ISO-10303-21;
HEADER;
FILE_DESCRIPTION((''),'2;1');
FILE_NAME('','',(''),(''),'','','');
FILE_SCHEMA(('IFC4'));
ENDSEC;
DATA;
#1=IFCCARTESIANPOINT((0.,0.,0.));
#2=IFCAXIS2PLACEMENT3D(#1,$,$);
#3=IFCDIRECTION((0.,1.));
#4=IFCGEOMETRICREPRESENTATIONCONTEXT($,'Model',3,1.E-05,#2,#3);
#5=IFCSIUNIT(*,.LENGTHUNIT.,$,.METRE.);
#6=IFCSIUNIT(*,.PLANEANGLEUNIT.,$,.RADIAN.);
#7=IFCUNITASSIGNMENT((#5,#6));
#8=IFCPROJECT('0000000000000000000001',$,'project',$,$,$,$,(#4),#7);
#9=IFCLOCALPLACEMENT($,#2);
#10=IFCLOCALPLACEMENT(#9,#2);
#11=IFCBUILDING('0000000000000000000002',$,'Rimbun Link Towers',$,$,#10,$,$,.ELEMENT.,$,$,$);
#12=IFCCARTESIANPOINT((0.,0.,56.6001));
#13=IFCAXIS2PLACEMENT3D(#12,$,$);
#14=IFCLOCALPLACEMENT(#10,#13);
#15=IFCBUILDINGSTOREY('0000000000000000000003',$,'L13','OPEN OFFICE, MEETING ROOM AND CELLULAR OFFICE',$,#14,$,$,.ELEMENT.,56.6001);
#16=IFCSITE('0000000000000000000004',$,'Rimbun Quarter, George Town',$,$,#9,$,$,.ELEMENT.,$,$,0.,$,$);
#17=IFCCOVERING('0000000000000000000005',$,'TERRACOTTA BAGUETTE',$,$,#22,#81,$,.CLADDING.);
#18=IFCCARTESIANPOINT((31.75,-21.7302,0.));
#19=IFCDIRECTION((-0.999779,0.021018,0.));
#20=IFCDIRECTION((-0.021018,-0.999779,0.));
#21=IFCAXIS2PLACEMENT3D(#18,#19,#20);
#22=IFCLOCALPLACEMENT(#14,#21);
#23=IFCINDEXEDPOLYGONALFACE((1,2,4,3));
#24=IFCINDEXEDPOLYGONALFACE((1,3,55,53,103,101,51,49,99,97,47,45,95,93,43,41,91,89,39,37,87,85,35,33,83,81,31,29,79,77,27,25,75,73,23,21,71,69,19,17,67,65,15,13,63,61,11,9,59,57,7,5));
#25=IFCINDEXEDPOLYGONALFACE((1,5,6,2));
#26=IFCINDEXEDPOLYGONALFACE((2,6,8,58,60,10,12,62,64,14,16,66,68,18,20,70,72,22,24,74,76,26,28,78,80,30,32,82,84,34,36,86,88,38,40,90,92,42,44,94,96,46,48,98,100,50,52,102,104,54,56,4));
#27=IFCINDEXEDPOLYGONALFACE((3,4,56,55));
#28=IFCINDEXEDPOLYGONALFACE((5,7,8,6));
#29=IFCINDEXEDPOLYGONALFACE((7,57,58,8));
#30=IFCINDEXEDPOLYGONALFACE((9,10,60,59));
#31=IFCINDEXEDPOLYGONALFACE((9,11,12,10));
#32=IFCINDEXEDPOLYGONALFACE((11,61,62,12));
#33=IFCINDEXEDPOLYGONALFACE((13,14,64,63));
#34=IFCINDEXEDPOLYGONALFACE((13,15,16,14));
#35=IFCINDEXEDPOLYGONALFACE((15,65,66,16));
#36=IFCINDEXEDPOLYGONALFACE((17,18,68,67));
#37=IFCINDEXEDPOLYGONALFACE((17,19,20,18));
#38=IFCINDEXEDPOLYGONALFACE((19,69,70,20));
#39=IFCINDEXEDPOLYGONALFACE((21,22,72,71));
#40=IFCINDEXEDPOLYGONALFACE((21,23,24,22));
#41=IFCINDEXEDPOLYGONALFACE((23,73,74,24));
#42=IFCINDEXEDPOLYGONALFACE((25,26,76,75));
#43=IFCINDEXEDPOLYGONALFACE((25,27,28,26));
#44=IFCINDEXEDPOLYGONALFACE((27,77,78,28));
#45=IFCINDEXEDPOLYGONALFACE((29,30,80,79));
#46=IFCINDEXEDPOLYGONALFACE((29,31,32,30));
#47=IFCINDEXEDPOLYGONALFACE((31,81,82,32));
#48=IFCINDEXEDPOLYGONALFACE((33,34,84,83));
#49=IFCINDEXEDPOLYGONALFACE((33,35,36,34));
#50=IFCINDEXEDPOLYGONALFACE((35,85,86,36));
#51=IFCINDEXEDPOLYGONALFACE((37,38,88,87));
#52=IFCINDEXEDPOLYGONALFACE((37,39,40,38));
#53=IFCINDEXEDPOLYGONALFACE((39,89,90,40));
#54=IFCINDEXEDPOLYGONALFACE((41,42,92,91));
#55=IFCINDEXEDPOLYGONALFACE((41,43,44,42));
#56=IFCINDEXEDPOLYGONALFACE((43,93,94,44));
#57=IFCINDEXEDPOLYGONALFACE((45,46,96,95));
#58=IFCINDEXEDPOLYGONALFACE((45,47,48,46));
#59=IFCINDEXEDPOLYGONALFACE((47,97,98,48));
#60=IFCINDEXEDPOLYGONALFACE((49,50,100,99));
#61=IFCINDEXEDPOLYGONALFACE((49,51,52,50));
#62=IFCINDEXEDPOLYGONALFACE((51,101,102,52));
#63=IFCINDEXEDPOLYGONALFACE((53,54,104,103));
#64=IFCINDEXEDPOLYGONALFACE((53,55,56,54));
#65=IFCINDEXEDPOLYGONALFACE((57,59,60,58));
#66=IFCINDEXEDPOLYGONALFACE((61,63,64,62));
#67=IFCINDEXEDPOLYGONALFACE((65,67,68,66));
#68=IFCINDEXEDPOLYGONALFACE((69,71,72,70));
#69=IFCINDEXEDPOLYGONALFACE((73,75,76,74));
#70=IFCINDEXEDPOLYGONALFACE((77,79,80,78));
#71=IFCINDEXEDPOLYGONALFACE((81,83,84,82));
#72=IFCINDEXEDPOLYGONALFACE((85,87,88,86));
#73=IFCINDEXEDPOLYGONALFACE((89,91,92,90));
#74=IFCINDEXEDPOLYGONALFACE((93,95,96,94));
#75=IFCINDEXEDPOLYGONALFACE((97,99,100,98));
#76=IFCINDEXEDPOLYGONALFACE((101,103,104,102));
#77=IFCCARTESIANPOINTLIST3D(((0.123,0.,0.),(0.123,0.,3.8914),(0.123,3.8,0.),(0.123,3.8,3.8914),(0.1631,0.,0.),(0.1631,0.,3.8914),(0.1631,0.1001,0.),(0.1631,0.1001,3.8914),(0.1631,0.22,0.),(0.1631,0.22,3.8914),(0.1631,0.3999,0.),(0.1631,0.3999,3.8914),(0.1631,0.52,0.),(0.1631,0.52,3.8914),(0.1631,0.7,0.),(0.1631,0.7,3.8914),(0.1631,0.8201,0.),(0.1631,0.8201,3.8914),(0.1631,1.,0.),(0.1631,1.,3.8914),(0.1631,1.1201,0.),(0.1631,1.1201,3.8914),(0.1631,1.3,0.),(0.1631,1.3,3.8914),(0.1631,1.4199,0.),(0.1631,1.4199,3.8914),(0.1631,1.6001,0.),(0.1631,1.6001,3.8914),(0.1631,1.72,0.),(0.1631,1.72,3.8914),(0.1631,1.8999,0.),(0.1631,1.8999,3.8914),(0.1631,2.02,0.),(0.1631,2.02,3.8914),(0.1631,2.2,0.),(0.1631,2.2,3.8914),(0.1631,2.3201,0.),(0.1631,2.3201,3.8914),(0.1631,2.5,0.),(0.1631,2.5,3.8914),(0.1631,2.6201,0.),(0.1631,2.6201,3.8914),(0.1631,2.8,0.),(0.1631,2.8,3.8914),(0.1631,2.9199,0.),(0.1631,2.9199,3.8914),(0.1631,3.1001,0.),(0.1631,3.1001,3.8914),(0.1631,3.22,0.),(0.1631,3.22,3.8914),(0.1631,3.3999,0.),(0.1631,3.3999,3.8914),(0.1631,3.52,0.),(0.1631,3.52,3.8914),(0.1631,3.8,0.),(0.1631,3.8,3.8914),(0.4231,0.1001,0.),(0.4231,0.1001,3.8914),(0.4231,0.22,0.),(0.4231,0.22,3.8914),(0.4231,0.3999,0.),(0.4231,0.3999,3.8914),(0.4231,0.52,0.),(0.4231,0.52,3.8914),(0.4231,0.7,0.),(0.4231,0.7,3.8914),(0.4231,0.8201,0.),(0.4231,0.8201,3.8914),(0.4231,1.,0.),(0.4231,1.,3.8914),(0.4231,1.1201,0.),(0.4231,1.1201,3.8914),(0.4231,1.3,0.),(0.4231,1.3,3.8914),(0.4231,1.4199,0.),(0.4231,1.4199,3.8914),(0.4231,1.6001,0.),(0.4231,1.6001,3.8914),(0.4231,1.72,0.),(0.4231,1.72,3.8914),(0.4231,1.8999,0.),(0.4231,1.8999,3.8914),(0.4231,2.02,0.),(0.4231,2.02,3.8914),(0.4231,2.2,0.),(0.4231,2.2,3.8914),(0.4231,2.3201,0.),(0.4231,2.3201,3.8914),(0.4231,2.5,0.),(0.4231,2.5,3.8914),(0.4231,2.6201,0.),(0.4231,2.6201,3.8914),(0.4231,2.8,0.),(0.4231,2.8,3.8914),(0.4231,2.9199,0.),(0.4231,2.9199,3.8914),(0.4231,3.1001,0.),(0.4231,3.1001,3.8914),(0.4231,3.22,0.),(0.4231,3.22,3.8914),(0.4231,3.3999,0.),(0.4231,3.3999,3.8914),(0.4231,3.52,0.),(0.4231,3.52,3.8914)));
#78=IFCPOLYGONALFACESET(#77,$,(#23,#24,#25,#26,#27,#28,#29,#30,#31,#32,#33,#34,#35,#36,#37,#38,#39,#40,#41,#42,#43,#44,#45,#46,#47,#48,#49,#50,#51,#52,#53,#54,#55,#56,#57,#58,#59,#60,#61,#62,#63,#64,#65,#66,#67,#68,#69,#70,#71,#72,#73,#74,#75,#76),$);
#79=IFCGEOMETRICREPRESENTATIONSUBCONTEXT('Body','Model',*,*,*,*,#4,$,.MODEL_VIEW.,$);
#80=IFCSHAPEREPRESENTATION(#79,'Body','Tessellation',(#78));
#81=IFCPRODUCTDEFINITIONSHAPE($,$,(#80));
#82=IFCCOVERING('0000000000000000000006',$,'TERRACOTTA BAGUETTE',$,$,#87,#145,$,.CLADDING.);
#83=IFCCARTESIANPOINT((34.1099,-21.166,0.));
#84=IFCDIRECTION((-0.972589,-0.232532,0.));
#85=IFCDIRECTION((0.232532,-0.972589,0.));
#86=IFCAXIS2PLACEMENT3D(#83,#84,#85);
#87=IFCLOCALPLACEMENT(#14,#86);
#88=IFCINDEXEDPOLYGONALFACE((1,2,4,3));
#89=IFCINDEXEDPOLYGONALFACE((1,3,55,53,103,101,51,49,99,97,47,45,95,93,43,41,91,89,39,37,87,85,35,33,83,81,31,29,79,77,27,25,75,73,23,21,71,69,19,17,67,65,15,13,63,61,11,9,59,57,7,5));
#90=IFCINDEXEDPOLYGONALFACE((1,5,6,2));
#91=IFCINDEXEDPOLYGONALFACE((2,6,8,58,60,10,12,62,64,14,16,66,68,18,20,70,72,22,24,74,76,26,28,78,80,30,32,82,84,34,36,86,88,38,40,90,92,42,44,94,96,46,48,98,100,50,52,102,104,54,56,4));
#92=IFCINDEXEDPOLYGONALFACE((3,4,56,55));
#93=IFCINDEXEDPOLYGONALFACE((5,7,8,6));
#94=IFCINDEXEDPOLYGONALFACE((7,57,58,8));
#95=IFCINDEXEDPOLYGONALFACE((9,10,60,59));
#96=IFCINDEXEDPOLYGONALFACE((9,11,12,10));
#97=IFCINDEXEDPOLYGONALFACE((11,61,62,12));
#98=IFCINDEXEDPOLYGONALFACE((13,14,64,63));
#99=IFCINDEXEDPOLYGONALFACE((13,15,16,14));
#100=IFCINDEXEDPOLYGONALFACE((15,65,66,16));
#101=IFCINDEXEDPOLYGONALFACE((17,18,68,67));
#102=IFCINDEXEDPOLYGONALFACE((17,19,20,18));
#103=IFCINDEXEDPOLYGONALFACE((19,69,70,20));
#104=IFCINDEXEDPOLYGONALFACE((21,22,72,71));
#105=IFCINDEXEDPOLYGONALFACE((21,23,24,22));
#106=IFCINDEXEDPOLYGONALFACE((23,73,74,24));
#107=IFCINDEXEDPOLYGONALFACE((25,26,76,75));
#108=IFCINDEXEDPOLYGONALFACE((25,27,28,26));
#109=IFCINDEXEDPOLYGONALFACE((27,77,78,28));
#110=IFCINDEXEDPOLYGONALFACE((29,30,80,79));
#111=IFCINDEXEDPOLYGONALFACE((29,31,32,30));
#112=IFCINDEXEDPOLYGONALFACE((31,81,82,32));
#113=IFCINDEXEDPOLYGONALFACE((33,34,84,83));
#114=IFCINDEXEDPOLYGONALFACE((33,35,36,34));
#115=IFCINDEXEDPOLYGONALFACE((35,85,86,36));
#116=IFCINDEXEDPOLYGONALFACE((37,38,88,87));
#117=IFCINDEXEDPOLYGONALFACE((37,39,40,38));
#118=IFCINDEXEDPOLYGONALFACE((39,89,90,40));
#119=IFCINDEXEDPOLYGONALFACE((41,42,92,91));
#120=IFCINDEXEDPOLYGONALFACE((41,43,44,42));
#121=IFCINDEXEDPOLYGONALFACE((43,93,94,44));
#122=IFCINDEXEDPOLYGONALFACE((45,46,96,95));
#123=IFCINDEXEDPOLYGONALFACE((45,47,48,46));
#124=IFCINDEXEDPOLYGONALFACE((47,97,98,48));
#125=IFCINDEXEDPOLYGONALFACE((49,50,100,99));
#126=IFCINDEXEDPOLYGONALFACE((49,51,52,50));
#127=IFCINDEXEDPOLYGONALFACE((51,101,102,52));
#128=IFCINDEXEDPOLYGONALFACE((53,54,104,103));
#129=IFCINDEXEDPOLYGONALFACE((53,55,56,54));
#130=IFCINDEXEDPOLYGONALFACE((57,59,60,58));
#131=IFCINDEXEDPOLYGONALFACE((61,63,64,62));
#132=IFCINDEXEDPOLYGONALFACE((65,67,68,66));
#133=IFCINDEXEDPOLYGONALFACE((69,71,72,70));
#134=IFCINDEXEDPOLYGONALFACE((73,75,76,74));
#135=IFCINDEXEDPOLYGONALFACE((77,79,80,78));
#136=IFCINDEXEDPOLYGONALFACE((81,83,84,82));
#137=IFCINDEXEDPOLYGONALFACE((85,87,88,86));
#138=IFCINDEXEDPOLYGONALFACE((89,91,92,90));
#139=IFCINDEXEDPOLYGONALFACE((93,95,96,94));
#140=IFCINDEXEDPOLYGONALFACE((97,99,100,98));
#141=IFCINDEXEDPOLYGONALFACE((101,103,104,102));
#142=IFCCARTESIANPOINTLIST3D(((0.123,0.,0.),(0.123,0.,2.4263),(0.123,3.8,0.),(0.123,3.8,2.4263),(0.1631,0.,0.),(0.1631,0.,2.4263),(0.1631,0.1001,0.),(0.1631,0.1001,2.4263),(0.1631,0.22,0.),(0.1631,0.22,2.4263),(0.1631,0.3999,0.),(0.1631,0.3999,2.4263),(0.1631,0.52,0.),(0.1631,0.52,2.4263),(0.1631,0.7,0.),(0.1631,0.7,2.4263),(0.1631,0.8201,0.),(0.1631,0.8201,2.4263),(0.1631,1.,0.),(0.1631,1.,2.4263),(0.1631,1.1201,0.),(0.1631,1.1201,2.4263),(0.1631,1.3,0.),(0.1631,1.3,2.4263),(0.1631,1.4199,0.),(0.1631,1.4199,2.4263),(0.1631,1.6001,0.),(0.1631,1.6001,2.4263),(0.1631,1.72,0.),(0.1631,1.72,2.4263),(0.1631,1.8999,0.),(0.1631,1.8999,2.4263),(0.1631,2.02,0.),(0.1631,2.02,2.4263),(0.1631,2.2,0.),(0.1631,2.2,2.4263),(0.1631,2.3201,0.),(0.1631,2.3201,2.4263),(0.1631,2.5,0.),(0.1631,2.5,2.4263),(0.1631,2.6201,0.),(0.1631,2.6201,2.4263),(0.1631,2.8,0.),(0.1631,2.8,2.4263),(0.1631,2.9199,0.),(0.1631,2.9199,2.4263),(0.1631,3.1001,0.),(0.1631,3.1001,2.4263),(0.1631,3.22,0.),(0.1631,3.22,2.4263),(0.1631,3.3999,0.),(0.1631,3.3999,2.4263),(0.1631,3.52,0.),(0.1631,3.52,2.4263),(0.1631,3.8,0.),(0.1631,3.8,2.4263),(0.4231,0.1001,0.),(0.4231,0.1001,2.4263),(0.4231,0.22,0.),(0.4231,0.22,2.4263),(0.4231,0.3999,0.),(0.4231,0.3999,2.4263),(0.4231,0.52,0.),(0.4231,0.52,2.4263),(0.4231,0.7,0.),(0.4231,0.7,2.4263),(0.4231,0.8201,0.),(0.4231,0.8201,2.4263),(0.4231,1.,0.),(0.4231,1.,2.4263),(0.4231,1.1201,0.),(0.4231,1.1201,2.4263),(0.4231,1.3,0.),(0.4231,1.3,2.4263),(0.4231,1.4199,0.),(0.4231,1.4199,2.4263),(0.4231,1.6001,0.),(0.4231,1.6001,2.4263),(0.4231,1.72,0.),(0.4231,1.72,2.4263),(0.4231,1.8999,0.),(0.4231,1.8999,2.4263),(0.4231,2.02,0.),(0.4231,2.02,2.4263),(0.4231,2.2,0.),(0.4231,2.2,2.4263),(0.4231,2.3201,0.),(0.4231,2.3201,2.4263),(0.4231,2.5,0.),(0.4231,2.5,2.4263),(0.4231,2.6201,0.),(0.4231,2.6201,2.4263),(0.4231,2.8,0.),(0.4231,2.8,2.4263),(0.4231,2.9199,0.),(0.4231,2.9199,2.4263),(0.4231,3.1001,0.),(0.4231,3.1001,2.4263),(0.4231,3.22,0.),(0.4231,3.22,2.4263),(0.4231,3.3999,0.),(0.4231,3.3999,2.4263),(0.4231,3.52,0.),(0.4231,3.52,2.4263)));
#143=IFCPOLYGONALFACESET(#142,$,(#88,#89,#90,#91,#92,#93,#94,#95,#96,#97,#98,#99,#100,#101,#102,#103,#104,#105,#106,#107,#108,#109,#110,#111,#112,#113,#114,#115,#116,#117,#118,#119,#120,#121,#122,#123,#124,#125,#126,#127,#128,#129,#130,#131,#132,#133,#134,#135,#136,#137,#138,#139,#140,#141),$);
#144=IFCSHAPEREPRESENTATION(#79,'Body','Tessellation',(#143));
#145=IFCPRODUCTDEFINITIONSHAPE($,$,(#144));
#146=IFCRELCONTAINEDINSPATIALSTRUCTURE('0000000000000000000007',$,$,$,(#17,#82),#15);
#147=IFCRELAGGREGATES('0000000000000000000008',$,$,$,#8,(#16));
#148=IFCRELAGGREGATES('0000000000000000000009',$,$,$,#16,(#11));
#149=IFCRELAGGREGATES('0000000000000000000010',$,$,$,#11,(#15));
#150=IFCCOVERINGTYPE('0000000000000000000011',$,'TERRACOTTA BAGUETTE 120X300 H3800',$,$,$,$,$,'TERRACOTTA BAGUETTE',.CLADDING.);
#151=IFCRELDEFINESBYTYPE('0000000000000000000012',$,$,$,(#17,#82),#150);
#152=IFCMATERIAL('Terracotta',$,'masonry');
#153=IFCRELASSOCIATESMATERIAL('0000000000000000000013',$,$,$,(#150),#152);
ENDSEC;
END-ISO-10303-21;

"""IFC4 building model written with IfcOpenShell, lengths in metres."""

from ifc_helpers import new_model, si_unit, direction, frame, origin, place, context, subcontext, project, spatial, polyline, outline, extrude, material, material_profile, profile_set, type_object, element, save


model = new_model("IFC4")

# Units and contexts
model_context = context("Model", 3, precision=1e-05, world=origin(), true_north=direction((0.0, 1.0)))
body_context = subcontext(model_context, "Body", "Model", "MODEL_VIEW")
ifc_project = project(units=[si_unit("LENGTHUNIT", "METRE"), si_unit("PLANEANGLEUNIT", "RADIAN")], contexts=[model_context])

# Site, building, storey
site_placement = place(None, origin())
site = spatial("IfcSite", under=ifc_project, at=site_placement, Name="Rimbun Quarter, George Town", CompositionType="ELEMENT", RefElevation=0.0)
building_placement = place(site_placement, origin())
building = spatial("IfcBuilding", under=site, at=building_placement, Name="Rimbun Link Towers", CompositionType="ELEMENT")
storey_placement = place(building_placement, frame((0.0, 0.0, 56.6001)))
storey = spatial("IfcBuildingStorey", under=building, at=storey_placement, Name="L13", Description="OPEN OFFICE, MEETING ROOM AND CELLULAR OFFICE", CompositionType="ELEMENT", Elevation=56.6001)

# Coverings
ifc_material_1 = material(Name="Terracotta", Category="masonry")
ifc_material_profile_1 = material_profile(ifc_material_1, outline(polyline([(0.123, 0.0), (0.1631, 0.0), (0.1631, 0.1001), (0.4231, 0.1001), (0.4231, 0.22), (0.1631, 0.22), (0.1631, 0.3999), (0.4231, 0.3999), (0.4231, 0.52), (0.1631, 0.52), (0.1631, 0.7), (0.4231, 0.7), (0.4231, 0.8201), (0.1631, 0.8201), (0.1631, 1.0), (0.4231, 1.0), (0.4231, 1.1201), (0.1631, 1.1201), (0.1631, 1.3), (0.4231, 1.3), (0.4231, 1.4199), (0.1631, 1.4199), (0.1631, 1.6001), (0.4231, 1.6001), (0.4231, 1.72), (0.1631, 1.72), (0.1631, 1.8999), (0.4231, 1.8999), (0.4231, 2.02), (0.1631, 2.02), (0.1631, 2.2), (0.4231, 2.2), (0.4231, 2.3201), (0.1631, 2.3201), (0.1631, 2.5), (0.4231, 2.5), (0.4231, 2.6201), (0.1631, 2.6201), (0.1631, 2.8), (0.4231, 2.8), (0.4231, 2.9199), (0.1631, 2.9199), (0.1631, 3.1001), (0.4231, 3.1001), (0.4231, 3.22), (0.1631, 3.22), (0.1631, 3.3999), (0.4231, 3.3999), (0.4231, 3.52), (0.1631, 3.52), (0.1631, 3.8), (0.123, 3.8), (0.123, 0.0)])), Name="BAGUETTE 120X300")
ifc_profile_set_1 = profile_set([ifc_material_profile_1], Name="Terracotta")
covering_type = type_object("IfcCoveringType", Name="TERRACOTTA BAGUETTE 120X300 H3800", ElementType="TERRACOTTA BAGUETTE", PredefinedType="CLADDING", material=ifc_profile_set_1)
covering_1_placement = place(storey_placement, frame((31.75, -21.7302, 0.0), z_axis=(-0.999779, 0.021018, 0.0), x_axis=(-0.021018, -0.999779, 0.0)))
element("IfcCovering", 1, at=covering_1_placement, inside=storey, type_object=covering_type, Name="TERRACOTTA BAGUETTE", PredefinedType="CLADDING", context=body_context, shape_type="SweptSolid", body=[
    extrude(outline(polyline([(0.123, 0.0), (0.1631, 0.0), (0.1631, 0.1001), (0.4231, 0.1001), (0.4231, 0.22), (0.1631, 0.22), (0.1631, 0.3999), (0.4231, 0.3999), (0.4231, 0.52), (0.1631, 0.52), (0.1631, 0.7), (0.4231, 0.7), (0.4231, 0.8201), (0.1631, 0.8201), (0.1631, 1.0), (0.4231, 1.0), (0.4231, 1.1201), (0.1631, 1.1201), (0.1631, 1.3), (0.4231, 1.3), (0.4231, 1.4199), (0.1631, 1.4199), (0.1631, 1.6001), (0.4231, 1.6001), (0.4231, 1.72), (0.1631, 1.72), (0.1631, 1.8999), (0.4231, 1.8999), (0.4231, 2.02), (0.1631, 2.02), (0.1631, 2.2), (0.4231, 2.2), (0.4231, 2.3201), (0.1631, 2.3201), (0.1631, 2.5), (0.4231, 2.5), (0.4231, 2.6201), (0.1631, 2.6201), (0.1631, 2.8), (0.4231, 2.8), (0.4231, 2.9199), (0.1631, 2.9199), (0.1631, 3.1001), (0.4231, 3.1001), (0.4231, 3.22), (0.1631, 3.22), (0.1631, 3.3999), (0.4231, 3.3999), (0.4231, 3.52), (0.1631, 3.52), (0.1631, 3.8), (0.123, 3.8), (0.123, 0.0)])), origin(), (0.0, 0.0, 1.0), 3.8914),
])
covering_2_placement = place(storey_placement, frame((34.1099, -21.166, 0.0), z_axis=(-0.972589, -0.232532, 0.0), x_axis=(0.232532, -0.972589, 0.0)))
element("IfcCovering", 2, at=covering_2_placement, inside=storey, type_object=covering_type, Name="TERRACOTTA BAGUETTE", PredefinedType="CLADDING", context=body_context, shape_type="SweptSolid", body=[
    extrude(outline(polyline([(0.123, 0.0), (0.1631, 0.0), (0.1631, 0.1001), (0.4231, 0.1001), (0.4231, 0.22), (0.1631, 0.22), (0.1631, 0.3999), (0.4231, 0.3999), (0.4231, 0.52), (0.1631, 0.52), (0.1631, 0.7), (0.4231, 0.7), (0.4231, 0.8201), (0.1631, 0.8201), (0.1631, 1.0), (0.4231, 1.0), (0.4231, 1.1201), (0.1631, 1.1201), (0.1631, 1.3), (0.4231, 1.3), (0.4231, 1.4199), (0.1631, 1.4199), (0.1631, 1.6001), (0.4231, 1.6001), (0.4231, 1.72), (0.1631, 1.72), (0.1631, 1.8999), (0.4231, 1.8999), (0.4231, 2.02), (0.1631, 2.02), (0.1631, 2.2), (0.4231, 2.2), (0.4231, 2.3201), (0.1631, 2.3201), (0.1631, 2.5), (0.4231, 2.5), (0.4231, 2.6201), (0.1631, 2.6201), (0.1631, 2.8), (0.4231, 2.8), (0.4231, 2.9199), (0.1631, 2.9199), (0.1631, 3.1001), (0.4231, 3.1001), (0.4231, 3.22), (0.1631, 3.22), (0.1631, 3.3999), (0.4231, 3.3999), (0.4231, 3.52), (0.1631, 3.52), (0.1631, 3.8), (0.123, 3.8), (0.123, 0.0)])), origin(), (0.0, 0.0, 1.0), 2.4263),
])

save(model, "model.ifc")
